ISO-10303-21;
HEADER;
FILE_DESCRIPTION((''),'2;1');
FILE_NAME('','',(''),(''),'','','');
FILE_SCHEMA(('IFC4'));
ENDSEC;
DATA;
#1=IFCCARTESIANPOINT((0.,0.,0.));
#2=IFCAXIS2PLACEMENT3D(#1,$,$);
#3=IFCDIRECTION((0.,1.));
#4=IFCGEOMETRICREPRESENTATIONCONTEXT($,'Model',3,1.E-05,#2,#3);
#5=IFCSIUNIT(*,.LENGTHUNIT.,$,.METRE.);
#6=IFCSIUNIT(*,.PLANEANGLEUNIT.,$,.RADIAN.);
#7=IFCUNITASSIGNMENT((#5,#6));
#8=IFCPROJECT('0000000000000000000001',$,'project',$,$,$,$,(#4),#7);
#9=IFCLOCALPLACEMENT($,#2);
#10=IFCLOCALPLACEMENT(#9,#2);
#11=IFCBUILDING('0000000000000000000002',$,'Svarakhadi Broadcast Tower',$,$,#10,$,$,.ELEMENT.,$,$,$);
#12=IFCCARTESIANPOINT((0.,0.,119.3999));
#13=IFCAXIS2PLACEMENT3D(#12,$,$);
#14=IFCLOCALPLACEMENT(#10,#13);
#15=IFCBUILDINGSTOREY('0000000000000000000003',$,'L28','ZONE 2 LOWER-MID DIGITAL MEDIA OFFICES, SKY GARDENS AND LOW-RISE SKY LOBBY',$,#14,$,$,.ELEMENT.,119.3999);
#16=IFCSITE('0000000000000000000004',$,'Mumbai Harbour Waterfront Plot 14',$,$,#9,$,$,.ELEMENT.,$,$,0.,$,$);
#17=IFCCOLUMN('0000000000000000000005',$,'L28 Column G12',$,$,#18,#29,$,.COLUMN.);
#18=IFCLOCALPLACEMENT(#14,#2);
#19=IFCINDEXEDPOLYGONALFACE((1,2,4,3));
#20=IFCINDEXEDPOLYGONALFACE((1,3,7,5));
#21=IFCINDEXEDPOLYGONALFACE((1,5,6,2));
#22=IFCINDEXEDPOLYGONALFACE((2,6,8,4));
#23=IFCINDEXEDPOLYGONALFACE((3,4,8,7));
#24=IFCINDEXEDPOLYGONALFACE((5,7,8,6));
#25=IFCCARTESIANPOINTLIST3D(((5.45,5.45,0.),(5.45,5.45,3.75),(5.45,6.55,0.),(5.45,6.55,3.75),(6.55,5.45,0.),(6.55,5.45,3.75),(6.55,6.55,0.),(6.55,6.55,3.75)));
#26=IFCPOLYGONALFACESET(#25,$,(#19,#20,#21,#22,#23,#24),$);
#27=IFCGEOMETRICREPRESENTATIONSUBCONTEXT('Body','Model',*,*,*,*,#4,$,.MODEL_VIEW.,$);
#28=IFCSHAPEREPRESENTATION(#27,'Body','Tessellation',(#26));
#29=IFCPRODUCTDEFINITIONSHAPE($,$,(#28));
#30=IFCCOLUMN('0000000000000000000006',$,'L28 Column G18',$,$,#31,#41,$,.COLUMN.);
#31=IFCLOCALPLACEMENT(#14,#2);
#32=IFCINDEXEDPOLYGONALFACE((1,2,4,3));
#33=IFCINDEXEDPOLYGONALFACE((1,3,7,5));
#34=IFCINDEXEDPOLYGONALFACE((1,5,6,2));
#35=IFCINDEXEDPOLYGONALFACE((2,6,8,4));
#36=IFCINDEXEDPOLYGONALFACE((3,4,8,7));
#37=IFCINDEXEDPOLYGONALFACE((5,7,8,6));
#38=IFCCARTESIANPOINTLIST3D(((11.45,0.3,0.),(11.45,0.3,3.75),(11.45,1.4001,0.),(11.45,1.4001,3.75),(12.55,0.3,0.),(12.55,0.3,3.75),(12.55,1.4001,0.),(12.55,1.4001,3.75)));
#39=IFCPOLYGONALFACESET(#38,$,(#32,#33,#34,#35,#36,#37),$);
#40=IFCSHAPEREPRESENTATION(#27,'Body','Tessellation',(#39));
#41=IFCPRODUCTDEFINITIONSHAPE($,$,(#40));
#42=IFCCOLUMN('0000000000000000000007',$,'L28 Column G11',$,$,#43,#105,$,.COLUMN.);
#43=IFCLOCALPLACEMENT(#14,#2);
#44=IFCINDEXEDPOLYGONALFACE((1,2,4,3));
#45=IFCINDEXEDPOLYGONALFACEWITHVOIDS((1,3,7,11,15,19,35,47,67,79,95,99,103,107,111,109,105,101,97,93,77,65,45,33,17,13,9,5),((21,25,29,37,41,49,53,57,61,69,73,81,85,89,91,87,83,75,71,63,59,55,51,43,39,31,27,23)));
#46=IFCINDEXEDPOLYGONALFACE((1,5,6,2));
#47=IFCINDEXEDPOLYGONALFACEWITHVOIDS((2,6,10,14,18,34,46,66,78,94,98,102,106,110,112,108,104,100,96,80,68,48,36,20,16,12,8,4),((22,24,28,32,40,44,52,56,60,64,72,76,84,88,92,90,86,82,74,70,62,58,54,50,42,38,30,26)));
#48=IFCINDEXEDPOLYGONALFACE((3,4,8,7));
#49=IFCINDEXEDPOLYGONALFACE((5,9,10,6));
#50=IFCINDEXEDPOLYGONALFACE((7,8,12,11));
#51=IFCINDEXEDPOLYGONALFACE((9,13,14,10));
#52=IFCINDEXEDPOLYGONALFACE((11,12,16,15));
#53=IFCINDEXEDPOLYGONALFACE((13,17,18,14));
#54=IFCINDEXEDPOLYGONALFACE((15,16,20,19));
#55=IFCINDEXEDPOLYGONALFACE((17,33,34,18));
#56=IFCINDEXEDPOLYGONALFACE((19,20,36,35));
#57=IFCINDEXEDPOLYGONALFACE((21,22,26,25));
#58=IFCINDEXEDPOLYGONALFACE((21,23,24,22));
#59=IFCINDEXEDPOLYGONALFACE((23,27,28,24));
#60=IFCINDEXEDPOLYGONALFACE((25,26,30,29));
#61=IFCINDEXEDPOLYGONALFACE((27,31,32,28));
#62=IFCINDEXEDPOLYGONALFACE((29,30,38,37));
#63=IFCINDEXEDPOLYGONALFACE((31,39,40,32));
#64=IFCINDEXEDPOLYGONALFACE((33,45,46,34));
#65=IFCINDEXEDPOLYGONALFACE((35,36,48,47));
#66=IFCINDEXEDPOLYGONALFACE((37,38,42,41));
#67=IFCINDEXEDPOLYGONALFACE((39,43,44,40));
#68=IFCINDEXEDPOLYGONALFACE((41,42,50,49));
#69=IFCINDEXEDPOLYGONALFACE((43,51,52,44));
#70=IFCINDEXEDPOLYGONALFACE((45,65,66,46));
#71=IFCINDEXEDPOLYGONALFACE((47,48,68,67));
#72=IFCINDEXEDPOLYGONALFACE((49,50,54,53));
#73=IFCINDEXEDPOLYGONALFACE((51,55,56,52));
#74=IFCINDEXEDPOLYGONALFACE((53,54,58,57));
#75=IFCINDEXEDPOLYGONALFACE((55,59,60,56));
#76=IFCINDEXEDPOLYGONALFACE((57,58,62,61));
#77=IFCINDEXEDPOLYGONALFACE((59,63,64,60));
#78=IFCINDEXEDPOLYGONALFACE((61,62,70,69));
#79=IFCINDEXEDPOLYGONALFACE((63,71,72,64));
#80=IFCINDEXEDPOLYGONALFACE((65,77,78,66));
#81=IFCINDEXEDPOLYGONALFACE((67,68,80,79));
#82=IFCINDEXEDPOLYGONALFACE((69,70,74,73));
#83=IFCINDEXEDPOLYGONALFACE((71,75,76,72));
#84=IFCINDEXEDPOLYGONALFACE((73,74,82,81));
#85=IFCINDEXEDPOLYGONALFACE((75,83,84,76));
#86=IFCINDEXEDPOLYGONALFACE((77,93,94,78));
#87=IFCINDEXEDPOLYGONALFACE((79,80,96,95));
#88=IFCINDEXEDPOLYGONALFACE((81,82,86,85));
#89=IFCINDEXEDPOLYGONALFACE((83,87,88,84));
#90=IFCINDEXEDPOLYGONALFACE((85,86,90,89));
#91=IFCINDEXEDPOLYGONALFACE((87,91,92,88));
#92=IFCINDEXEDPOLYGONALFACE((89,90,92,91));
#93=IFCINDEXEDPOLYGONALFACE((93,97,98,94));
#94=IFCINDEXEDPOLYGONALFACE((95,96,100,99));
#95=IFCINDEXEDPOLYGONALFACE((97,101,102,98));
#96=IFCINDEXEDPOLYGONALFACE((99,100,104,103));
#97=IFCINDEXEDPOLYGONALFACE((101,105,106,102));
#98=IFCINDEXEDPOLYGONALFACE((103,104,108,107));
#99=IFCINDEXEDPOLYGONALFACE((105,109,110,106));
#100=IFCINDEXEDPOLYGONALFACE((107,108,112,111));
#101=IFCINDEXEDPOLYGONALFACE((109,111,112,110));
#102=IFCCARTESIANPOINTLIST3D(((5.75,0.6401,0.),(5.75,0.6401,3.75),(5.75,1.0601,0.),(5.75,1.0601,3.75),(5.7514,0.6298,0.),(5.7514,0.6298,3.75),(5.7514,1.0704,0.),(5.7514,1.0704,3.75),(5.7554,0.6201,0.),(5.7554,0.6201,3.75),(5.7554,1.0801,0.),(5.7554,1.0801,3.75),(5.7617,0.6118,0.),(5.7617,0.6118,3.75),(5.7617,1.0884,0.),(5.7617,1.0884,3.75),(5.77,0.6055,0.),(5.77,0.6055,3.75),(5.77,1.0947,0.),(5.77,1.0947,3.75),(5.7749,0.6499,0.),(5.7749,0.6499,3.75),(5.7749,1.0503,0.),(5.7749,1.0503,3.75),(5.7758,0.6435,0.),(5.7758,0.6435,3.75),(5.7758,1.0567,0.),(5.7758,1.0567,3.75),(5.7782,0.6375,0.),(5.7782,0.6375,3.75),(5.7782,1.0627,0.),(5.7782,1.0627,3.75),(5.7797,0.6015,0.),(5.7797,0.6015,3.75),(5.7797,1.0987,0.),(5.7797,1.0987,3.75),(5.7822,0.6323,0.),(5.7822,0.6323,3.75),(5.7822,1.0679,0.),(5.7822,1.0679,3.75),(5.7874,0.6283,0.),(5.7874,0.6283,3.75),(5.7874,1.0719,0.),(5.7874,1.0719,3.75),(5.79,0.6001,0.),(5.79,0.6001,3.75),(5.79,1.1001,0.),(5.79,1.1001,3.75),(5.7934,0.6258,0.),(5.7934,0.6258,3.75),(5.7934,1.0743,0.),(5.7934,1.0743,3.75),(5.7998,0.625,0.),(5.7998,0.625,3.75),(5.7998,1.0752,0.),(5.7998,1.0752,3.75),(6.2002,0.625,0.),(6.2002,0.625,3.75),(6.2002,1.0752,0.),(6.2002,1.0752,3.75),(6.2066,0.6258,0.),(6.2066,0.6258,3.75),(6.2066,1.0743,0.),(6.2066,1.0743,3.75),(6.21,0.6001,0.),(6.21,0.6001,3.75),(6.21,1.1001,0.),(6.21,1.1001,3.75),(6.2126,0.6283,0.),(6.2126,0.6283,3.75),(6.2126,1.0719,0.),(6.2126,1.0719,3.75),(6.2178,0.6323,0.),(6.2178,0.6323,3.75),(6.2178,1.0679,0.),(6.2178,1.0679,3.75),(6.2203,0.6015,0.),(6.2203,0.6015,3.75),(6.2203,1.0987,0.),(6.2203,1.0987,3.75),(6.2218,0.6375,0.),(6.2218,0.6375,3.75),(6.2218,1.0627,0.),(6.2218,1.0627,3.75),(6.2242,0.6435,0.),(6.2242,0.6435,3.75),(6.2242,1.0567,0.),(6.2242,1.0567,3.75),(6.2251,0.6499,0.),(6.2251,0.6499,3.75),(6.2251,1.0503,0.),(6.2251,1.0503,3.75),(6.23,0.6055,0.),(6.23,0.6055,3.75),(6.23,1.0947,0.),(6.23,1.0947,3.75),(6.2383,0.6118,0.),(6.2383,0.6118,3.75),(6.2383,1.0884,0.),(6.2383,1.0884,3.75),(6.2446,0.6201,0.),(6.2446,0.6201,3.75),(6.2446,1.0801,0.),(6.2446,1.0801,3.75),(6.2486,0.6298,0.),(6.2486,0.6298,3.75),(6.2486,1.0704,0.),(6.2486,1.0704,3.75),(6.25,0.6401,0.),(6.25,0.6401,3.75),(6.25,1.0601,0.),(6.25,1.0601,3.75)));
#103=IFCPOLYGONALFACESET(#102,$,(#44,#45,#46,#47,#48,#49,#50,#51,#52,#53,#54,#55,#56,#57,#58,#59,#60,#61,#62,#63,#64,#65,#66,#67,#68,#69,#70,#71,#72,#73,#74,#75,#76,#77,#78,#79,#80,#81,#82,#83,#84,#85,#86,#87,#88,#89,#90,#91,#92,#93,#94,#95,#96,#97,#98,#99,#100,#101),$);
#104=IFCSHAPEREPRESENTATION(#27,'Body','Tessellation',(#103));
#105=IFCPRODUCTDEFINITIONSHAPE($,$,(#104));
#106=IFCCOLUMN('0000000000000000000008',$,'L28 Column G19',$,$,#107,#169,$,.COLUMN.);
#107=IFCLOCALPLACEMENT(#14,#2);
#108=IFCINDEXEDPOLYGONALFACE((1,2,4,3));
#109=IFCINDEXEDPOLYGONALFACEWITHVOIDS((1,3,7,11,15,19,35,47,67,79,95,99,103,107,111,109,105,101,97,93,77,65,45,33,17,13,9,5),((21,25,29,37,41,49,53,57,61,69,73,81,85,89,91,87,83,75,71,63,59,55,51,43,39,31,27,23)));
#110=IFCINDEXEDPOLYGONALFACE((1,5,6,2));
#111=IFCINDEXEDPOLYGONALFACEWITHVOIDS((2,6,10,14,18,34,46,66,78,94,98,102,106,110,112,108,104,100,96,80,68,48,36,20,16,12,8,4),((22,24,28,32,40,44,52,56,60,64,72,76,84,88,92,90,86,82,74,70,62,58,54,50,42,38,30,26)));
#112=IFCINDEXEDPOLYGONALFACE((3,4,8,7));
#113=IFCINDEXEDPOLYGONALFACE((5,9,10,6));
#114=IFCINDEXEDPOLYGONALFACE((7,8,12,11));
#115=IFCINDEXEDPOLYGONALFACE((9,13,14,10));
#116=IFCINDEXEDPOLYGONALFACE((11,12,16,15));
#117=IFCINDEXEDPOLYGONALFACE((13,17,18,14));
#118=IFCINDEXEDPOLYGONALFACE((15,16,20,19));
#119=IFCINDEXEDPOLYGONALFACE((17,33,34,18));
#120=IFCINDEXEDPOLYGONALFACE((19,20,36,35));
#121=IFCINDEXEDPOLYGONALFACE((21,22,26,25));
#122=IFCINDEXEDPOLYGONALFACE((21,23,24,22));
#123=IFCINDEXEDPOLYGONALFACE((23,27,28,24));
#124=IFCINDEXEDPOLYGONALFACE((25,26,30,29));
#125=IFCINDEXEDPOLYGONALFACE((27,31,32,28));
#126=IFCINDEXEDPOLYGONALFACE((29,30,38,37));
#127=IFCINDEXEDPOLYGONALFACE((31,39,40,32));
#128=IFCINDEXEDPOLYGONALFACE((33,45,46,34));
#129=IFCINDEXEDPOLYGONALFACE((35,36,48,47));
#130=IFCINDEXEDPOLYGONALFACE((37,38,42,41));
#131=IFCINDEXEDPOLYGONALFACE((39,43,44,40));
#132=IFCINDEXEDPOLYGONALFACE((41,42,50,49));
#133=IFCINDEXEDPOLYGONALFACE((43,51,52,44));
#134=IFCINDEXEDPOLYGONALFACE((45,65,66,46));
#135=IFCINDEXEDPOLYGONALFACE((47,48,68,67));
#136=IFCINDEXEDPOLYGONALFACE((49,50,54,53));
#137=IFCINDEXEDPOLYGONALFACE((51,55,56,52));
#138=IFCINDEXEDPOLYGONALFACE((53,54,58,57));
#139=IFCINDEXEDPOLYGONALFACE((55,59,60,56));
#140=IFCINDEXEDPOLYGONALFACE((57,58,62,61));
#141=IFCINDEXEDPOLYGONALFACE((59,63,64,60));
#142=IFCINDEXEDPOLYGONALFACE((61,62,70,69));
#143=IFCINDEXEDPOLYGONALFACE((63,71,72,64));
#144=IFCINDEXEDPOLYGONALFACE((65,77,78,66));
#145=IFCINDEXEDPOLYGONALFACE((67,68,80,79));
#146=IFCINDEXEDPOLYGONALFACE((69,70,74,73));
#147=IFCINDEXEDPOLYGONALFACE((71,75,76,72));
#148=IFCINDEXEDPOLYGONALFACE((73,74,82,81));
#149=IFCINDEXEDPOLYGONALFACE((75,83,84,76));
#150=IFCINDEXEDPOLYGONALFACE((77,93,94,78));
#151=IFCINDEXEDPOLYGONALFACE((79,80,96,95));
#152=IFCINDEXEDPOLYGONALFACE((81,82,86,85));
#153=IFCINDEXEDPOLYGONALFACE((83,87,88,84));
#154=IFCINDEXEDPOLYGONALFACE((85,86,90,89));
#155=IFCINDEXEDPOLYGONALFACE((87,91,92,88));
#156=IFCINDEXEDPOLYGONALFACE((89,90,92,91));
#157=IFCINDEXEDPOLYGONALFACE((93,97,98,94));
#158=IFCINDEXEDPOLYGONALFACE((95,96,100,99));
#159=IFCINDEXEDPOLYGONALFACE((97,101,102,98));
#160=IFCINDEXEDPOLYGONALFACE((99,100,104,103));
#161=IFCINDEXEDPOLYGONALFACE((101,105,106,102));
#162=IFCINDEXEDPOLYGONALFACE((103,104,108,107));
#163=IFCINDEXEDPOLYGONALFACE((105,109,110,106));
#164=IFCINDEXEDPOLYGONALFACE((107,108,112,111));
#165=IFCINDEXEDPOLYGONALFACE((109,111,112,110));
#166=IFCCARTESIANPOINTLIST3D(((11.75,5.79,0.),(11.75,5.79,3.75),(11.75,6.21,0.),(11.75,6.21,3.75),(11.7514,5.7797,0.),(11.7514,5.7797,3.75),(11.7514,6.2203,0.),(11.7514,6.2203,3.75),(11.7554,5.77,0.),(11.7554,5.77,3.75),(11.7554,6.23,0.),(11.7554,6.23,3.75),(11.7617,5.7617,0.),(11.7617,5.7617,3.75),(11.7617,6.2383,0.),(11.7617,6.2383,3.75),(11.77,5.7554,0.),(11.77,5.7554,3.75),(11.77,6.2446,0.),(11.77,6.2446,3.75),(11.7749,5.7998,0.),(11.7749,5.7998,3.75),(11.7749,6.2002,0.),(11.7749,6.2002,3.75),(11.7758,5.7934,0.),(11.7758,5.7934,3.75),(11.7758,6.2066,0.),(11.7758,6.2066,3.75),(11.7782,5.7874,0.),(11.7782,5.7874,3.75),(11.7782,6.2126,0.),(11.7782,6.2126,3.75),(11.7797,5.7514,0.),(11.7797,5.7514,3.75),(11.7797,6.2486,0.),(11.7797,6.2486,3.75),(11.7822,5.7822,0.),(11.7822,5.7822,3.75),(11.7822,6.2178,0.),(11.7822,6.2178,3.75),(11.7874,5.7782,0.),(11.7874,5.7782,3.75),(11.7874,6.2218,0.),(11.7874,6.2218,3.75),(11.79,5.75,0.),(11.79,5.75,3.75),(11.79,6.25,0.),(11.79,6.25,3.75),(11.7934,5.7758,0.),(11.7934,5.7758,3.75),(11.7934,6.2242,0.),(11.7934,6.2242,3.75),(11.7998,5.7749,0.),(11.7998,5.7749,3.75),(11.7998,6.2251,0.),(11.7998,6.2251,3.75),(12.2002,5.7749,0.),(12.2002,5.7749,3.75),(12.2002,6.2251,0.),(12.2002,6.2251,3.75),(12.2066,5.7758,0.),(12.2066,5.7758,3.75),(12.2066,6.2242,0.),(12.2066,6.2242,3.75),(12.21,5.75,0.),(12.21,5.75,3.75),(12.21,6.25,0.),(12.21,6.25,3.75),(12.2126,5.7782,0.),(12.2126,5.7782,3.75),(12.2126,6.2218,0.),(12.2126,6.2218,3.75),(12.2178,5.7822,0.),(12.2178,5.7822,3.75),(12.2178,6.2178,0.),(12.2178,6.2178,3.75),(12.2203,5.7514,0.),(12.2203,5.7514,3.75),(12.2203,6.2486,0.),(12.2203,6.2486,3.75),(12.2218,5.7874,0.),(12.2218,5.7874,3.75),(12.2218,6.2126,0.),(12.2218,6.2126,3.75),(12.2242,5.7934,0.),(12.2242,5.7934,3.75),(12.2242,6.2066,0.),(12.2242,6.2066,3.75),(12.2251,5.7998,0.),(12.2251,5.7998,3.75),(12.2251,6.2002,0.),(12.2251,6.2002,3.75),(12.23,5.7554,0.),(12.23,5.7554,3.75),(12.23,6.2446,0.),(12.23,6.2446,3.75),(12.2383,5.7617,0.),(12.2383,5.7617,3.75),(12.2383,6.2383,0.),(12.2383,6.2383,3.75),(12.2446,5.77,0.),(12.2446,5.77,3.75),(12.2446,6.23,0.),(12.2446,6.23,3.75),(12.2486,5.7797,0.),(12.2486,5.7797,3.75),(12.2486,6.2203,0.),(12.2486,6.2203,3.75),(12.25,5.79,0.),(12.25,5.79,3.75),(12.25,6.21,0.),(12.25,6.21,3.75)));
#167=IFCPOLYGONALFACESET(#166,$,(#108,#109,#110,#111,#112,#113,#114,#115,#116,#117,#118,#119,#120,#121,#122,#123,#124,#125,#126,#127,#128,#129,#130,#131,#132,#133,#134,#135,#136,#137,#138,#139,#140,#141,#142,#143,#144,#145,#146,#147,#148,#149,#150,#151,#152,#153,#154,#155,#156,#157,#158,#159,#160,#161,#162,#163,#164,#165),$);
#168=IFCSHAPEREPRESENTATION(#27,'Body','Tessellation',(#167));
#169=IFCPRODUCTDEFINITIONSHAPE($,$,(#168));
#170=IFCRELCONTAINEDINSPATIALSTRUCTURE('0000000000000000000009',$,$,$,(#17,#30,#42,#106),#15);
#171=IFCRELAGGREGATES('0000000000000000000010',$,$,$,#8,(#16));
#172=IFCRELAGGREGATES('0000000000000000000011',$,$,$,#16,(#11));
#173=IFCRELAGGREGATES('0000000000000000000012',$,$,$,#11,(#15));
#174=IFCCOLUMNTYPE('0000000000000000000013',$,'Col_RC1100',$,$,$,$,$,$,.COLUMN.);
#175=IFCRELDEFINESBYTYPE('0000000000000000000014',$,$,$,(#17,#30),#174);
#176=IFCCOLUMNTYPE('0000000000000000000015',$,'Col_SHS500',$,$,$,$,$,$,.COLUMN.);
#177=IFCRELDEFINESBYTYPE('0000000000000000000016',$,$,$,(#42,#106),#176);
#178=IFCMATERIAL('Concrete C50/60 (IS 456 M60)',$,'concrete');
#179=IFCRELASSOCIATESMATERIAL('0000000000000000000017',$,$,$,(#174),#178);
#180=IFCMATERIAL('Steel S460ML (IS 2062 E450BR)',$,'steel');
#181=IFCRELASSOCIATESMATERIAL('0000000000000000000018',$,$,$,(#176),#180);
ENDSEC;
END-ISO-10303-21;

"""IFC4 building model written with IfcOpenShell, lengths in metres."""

from ifc_helpers import new_model, si_unit, direction, frame, origin, origin_2d, place, context, subcontext, project, spatial, rectangle, hollow_rectangle, extrude, material, material_profile, profile_set, type_object, element, save


model = new_model("IFC4")

# Units and contexts
model_context = context("Model", 3, precision=1e-05, world=origin(), true_north=direction((0.0, 1.0)))
body_context = subcontext(model_context, "Body", "Model", "MODEL_VIEW")
ifc_project = project(units=[si_unit("LENGTHUNIT", "METRE"), si_unit("PLANEANGLEUNIT", "RADIAN")], contexts=[model_context])

# Site, building, storey
site_placement = place(None, origin())
site = spatial("IfcSite", under=ifc_project, at=site_placement, Name="Mumbai Harbour Waterfront Plot 14", CompositionType="ELEMENT", RefElevation=0.0)
building_placement = place(site_placement, origin())
building = spatial("IfcBuilding", under=site, at=building_placement, Name="Svarakhadi Broadcast Tower", CompositionType="ELEMENT")
storey_placement = place(building_placement, frame((0.0, 0.0, 119.3999)))
storey = spatial("IfcBuildingStorey", under=building, at=storey_placement, Name="L28", Description="ZONE 2 LOWER-MID DIGITAL MEDIA OFFICES, SKY GARDENS AND LOW-RISE SKY LOBBY", CompositionType="ELEMENT", Elevation=119.3999)

# Columns
ifc_material_1 = material(Name="Concrete C50/60 (IS 456 M60)", Category="concrete")
ifc_material_profile_1 = material_profile(ifc_material_1, rectangle(XDim=1.1001, YDim=1.1001, at=origin_2d()), Name="RC 1100x1100")
ifc_profile_set_1 = profile_set([ifc_material_profile_1], Name="Concrete C50/60 (IS 456 M60)")
column_type_1 = type_object("IfcColumnType", Name="Col_RC1100", PredefinedType="COLUMN", material=ifc_profile_set_1)
for number, where, z_axis, x_axis, name in (
    (1, (6.0, 6.0, 0.0), (0.0, 0.0, 1.0), (1.0, 0.0, 0.0), "L28 Column G12"),
    (2, (12.0, 0.8501, 0.0), (0.0, 0.0, 1.0), (1.0, 0.0, 0.0), "L28 Column G18"),
):
    element("IfcColumn", number, at=place(storey_placement, frame(where, z_axis=z_axis, x_axis=x_axis)), inside=storey, type_object=column_type_1, Name=name, PredefinedType="COLUMN", context=body_context, shape_type="SweptSolid", body=[
        extrude(rectangle(XDim=1.1001, YDim=1.1001, at=origin_2d()), origin(), (0.0, 0.0, 1.0), 3.75),
    ])
ifc_material_2 = material(Name="Steel S460ML (IS 2062 E450BR)", Category="steel")
ifc_material_profile_2 = material_profile(ifc_material_2, hollow_rectangle(XDim=0.5, YDim=0.5, WallThickness=0.0249, InnerFilletRadius=0.0249, OuterFilletRadius=0.04, at=origin_2d()), Name="SHS 500x500x25")
ifc_profile_set_2 = profile_set([ifc_material_profile_2], Name="Steel S460ML (IS 2062 E450BR)")
column_type_2 = type_object("IfcColumnType", Name="Col_SHS500", PredefinedType="COLUMN", material=ifc_profile_set_2)
for number, where, z_axis, x_axis, name in (
    (3, (6.0, 0.8501, 0.0), (0.0, 0.0, 1.0), (1.0, 0.0, 0.0), "L28 Column G11"),
    (4, (12.0, 6.0, 0.0), (0.0, 0.0, 1.0), (1.0, 0.0, 0.0), "L28 Column G19"),
):
    element("IfcColumn", number, at=place(storey_placement, frame(where, z_axis=z_axis, x_axis=x_axis)), inside=storey, type_object=column_type_2, Name=name, PredefinedType="COLUMN", context=body_context, shape_type="SweptSolid", body=[
        extrude(hollow_rectangle(XDim=0.5, YDim=0.5, WallThickness=0.0249, InnerFilletRadius=0.0249, OuterFilletRadius=0.04, at=origin_2d()), origin(), (0.0, 0.0, 1.0), 3.75),
    ])

save(model, "model.ifc")
